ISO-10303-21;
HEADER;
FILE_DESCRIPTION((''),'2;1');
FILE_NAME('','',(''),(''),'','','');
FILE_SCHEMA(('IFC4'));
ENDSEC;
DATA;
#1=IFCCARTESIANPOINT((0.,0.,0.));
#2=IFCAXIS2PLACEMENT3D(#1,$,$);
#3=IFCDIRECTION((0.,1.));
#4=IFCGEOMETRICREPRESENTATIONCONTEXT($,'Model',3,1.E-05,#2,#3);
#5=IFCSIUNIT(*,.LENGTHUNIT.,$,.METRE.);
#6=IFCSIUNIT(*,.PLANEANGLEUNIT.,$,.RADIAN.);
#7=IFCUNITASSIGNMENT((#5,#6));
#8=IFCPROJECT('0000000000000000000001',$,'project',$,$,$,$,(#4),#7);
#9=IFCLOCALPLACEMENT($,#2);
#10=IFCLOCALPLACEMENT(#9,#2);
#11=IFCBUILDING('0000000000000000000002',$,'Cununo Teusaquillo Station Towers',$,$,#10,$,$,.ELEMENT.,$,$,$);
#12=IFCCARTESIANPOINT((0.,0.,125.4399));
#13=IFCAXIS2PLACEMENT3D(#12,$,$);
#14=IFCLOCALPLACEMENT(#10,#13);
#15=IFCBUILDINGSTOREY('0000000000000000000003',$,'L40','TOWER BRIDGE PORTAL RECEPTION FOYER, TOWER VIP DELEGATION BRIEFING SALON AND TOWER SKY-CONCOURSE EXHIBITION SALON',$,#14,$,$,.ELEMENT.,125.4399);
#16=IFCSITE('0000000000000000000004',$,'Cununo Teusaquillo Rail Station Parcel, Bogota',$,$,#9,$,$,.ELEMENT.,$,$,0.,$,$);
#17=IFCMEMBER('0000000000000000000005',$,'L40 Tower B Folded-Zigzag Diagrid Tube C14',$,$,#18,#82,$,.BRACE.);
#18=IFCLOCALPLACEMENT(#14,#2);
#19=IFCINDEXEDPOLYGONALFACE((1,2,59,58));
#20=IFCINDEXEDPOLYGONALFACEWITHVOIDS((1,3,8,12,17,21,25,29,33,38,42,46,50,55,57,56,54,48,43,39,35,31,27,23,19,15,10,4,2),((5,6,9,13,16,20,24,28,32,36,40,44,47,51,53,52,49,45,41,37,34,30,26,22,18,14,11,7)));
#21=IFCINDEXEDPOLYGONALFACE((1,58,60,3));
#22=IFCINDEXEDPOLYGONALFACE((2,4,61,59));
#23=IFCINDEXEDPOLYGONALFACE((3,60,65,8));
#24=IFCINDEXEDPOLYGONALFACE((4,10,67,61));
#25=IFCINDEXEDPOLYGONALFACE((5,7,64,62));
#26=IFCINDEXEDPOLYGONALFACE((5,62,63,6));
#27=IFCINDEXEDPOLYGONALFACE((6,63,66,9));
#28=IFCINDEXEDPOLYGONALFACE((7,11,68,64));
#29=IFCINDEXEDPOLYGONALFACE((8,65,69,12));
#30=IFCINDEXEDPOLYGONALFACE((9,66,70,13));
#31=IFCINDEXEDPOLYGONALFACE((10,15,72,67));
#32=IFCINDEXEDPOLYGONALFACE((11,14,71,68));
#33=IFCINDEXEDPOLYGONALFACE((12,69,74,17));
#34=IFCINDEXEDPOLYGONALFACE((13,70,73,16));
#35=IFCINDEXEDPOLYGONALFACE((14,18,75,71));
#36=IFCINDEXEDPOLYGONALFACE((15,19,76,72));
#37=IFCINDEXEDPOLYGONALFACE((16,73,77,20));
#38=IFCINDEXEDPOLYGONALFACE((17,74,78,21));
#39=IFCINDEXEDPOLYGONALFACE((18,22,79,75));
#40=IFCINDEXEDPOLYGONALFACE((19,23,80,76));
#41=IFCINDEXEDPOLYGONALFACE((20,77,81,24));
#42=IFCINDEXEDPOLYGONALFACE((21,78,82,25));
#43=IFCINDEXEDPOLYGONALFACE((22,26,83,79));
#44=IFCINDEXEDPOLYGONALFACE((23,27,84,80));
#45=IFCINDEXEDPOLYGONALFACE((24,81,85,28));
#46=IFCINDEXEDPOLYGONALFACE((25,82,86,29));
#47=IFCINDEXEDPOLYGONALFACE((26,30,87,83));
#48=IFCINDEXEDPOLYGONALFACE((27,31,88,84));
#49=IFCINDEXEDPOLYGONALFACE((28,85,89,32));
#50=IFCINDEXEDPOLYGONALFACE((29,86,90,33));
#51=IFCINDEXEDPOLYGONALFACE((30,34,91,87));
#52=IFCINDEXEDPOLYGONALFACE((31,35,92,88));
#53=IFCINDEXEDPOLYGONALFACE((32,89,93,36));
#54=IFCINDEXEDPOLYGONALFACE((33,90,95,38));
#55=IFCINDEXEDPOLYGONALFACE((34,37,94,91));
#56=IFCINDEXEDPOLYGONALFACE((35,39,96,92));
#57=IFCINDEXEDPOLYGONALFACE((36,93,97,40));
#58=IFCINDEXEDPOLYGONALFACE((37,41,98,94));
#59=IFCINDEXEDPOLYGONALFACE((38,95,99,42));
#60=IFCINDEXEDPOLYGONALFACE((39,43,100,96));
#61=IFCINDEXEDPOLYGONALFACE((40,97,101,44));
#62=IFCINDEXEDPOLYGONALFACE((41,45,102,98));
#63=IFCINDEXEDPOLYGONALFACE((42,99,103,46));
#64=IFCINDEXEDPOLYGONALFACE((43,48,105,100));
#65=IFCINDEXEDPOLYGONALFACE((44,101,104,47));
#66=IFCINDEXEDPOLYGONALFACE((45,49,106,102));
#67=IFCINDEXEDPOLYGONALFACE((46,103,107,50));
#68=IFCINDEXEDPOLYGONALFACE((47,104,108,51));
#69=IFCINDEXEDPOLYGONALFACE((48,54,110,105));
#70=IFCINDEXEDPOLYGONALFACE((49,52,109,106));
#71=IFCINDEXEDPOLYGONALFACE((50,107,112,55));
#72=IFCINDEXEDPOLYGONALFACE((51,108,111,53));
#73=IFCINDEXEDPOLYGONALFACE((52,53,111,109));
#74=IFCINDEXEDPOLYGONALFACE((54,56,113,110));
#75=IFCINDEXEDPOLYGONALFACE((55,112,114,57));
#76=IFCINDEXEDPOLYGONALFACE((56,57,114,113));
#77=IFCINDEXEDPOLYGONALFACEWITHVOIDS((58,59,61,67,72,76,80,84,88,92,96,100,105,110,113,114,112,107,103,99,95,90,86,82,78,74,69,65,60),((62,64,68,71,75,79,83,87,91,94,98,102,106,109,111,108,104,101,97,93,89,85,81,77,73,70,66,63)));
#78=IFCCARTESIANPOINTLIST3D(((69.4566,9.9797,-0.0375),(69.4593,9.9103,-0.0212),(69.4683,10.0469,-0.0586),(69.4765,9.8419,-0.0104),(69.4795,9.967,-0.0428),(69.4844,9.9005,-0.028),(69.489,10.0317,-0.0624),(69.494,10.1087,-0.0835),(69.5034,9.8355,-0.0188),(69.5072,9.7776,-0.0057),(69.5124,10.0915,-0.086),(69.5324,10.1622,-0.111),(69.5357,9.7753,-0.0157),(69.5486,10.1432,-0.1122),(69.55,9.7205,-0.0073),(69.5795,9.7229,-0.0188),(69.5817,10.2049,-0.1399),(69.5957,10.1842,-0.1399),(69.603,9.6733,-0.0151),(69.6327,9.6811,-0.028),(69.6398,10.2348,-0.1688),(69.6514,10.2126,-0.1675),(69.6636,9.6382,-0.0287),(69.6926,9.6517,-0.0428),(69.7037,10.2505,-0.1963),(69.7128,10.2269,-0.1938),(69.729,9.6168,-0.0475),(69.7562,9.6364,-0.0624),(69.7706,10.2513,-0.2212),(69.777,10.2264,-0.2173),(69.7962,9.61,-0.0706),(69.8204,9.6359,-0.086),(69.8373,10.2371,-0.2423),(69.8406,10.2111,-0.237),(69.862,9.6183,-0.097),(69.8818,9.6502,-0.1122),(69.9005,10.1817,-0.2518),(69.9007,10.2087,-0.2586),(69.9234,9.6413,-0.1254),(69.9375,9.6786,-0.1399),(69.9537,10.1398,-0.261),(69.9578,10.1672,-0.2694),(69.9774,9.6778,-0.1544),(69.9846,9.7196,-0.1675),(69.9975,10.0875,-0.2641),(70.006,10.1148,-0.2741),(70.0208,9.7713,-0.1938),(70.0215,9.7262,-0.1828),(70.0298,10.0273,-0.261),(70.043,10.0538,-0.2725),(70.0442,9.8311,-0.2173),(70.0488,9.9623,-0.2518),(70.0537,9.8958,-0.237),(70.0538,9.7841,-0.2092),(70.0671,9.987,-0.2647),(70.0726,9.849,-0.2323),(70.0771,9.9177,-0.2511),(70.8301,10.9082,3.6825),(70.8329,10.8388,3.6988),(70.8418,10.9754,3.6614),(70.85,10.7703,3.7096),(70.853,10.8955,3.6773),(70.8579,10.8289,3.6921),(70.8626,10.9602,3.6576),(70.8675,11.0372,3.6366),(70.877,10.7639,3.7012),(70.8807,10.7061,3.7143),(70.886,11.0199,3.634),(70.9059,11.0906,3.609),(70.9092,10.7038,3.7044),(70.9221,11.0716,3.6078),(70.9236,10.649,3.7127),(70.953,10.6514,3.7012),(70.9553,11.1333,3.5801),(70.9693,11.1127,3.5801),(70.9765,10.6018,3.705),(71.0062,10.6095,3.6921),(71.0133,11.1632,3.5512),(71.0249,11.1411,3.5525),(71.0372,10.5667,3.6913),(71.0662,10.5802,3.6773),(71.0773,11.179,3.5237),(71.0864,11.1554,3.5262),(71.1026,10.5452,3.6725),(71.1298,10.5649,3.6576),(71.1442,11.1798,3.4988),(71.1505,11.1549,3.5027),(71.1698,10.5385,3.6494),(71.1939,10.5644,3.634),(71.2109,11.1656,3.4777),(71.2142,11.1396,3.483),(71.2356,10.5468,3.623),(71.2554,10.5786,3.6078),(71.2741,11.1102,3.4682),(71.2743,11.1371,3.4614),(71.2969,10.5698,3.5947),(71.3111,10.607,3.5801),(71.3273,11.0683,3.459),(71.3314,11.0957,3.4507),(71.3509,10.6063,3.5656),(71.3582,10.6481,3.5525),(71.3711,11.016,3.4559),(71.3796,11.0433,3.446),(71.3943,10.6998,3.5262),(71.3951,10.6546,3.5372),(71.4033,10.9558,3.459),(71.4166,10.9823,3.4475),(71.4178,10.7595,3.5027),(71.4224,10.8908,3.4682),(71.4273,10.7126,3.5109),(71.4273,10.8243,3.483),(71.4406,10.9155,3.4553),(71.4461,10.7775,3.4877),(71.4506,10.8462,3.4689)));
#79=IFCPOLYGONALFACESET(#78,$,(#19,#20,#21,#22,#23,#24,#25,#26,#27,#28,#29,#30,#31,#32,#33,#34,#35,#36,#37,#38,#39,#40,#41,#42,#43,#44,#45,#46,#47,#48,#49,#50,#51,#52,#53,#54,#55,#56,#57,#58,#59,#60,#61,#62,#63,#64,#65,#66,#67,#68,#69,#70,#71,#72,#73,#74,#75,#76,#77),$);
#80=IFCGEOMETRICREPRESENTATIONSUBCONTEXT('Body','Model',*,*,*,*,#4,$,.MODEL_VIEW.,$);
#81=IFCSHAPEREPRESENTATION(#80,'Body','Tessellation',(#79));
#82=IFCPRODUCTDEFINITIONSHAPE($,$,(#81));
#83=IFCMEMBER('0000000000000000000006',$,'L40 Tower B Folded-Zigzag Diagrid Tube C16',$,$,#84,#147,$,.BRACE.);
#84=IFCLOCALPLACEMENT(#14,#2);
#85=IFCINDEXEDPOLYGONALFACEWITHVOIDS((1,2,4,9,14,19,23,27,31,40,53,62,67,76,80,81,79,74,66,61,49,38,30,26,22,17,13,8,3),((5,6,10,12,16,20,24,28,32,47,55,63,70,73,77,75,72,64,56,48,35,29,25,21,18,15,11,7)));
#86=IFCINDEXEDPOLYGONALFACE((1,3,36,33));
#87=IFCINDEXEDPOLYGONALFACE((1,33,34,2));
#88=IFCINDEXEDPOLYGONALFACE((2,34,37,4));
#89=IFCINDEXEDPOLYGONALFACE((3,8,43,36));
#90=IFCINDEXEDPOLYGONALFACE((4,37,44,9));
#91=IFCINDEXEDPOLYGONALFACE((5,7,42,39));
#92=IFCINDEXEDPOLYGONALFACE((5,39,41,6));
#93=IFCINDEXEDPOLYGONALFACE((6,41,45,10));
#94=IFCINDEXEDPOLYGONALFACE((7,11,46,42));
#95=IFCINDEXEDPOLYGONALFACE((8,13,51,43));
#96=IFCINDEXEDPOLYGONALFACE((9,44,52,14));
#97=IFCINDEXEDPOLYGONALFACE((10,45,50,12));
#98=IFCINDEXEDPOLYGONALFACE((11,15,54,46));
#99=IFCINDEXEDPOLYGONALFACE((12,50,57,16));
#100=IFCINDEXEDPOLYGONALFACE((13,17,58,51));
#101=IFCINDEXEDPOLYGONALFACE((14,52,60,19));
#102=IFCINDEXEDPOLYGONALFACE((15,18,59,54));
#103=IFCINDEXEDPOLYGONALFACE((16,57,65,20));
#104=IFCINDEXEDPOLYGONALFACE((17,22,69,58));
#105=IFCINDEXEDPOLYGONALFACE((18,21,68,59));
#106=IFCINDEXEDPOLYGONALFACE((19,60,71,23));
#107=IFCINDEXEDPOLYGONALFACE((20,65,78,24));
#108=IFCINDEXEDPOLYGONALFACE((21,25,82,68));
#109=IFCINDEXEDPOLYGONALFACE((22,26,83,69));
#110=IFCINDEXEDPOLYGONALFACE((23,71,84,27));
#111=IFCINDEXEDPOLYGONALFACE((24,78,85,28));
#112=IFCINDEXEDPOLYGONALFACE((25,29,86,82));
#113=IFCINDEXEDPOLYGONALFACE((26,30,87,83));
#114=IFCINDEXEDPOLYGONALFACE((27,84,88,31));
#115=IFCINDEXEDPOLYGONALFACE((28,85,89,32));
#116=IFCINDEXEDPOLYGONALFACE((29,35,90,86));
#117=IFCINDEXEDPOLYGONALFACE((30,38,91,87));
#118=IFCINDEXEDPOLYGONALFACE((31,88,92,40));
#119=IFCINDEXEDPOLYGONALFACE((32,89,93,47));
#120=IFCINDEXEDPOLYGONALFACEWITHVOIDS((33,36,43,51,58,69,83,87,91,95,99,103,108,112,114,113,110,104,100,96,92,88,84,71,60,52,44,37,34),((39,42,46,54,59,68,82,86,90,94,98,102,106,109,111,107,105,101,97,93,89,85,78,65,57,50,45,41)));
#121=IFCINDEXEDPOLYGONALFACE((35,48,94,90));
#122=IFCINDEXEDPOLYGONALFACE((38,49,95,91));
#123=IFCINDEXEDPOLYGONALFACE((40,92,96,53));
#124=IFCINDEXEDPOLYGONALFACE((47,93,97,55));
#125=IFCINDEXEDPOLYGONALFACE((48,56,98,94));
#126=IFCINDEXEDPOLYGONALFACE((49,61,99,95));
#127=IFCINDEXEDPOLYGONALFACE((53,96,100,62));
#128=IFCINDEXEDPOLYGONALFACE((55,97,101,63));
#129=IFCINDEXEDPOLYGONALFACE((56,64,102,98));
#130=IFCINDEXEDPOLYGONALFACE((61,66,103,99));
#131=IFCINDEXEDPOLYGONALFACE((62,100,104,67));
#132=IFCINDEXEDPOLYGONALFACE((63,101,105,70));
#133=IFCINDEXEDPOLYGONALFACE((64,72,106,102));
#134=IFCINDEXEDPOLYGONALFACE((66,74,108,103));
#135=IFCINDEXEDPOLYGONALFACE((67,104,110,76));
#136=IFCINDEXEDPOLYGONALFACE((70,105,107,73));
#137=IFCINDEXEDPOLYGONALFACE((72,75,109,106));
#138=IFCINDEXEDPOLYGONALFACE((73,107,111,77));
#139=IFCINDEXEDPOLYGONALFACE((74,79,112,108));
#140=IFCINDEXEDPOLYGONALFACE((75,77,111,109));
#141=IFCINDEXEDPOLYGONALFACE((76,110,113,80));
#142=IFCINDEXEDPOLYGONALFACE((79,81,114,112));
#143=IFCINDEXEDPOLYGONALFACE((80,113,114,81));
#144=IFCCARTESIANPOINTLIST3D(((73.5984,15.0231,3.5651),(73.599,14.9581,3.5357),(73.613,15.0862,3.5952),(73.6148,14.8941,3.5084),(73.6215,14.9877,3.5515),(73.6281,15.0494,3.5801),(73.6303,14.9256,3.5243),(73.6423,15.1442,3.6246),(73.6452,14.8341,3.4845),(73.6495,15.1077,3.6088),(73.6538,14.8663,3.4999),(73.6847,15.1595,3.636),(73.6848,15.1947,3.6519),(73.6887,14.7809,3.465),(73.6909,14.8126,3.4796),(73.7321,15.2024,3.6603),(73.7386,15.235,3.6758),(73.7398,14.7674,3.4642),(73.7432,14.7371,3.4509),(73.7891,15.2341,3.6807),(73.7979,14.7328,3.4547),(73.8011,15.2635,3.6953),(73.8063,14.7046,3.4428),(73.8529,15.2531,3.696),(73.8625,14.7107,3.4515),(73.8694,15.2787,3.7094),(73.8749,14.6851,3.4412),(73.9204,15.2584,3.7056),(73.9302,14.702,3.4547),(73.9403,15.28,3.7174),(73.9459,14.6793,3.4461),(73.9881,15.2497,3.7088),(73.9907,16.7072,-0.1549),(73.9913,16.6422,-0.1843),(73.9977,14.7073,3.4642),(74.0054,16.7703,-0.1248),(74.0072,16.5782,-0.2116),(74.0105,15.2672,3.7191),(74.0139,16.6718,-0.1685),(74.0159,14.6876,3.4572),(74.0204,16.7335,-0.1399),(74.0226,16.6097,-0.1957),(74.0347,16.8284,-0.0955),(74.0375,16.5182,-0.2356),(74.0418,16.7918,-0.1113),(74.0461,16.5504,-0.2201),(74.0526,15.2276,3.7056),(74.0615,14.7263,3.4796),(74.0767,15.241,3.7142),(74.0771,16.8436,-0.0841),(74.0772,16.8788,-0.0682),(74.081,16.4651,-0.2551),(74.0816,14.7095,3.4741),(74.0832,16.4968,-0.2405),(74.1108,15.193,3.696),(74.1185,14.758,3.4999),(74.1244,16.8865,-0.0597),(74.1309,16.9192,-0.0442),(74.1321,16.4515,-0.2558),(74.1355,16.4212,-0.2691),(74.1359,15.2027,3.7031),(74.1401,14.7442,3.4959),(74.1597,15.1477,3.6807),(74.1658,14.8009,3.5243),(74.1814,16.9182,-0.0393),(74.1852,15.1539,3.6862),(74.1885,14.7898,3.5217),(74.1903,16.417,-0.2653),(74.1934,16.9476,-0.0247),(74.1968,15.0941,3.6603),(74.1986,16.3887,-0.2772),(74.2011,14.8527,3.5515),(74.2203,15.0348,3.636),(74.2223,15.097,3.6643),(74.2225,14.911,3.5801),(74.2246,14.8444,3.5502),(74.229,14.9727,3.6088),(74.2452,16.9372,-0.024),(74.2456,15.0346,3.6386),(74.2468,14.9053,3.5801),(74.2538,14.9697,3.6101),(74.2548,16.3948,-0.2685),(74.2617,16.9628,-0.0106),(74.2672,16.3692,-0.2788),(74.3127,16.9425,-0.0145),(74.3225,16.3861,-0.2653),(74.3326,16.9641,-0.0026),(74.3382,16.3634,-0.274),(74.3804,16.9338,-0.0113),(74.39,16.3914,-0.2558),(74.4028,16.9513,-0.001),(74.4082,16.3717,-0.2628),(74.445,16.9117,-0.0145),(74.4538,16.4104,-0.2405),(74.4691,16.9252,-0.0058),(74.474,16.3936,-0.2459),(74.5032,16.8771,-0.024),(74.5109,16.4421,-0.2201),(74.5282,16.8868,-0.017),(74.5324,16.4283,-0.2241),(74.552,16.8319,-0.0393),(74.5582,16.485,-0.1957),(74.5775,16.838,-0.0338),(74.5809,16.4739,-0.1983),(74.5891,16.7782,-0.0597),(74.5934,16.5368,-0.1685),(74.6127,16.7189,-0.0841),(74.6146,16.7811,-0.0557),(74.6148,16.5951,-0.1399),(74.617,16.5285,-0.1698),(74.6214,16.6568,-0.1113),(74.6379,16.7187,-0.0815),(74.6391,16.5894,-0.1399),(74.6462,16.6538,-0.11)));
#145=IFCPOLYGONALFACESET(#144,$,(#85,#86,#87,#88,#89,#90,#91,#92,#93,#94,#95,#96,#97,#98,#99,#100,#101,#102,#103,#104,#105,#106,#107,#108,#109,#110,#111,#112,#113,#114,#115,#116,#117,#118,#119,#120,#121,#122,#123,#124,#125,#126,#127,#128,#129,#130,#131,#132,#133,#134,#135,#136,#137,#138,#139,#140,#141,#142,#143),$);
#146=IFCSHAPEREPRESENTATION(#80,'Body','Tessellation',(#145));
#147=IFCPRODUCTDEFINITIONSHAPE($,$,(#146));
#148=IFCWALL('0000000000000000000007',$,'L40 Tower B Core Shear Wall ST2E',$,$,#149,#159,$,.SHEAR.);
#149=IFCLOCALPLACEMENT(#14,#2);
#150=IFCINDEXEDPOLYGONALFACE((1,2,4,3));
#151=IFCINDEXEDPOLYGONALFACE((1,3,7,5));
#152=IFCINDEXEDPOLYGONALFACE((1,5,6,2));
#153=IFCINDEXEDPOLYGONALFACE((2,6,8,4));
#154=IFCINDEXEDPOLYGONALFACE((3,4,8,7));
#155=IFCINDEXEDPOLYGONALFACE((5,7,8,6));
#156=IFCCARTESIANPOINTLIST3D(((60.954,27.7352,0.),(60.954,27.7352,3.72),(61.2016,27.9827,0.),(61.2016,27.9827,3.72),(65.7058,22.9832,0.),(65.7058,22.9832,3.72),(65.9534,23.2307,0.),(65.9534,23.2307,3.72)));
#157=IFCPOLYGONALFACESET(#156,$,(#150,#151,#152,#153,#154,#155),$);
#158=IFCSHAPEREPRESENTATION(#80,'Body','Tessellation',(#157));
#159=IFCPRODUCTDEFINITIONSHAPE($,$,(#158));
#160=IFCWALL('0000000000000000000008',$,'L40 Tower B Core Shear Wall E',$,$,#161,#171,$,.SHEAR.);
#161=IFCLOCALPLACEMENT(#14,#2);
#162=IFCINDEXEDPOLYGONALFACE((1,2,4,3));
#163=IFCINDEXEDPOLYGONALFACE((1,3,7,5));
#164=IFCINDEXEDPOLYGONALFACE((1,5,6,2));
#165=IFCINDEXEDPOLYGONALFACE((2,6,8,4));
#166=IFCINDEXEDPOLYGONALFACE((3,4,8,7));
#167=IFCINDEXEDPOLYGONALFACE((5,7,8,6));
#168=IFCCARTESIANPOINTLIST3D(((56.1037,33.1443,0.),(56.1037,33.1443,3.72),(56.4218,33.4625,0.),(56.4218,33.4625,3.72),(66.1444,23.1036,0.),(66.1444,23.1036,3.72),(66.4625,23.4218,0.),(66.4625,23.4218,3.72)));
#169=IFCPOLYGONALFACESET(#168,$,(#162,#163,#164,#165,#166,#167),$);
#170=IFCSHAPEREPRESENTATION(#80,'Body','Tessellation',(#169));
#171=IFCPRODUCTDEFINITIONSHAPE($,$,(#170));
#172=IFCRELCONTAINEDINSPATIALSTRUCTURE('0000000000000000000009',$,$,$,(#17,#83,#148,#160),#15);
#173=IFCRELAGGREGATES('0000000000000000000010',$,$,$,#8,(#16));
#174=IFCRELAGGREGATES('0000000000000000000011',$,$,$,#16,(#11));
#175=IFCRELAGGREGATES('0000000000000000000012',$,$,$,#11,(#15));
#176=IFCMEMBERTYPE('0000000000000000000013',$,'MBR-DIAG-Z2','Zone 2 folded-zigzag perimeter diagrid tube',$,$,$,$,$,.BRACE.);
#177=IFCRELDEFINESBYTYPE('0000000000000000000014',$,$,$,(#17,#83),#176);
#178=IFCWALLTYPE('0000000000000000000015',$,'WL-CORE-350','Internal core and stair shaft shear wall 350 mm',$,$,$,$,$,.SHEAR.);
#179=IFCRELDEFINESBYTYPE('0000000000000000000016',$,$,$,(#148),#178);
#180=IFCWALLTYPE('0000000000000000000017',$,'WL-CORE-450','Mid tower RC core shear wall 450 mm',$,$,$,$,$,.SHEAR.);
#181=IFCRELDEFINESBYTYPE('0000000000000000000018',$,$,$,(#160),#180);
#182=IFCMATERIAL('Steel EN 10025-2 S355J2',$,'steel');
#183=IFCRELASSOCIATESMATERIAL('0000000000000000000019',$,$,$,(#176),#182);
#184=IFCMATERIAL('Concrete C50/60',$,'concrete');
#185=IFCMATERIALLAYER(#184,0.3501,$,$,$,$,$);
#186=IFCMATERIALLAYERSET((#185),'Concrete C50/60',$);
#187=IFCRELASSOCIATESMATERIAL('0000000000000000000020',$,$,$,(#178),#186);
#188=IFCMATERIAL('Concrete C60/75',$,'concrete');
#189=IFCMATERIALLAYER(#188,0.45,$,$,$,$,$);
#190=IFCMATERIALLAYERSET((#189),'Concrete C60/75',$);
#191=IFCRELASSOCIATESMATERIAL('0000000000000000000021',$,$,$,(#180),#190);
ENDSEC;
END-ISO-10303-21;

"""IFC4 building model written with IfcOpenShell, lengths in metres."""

from ifc_helpers import new_model, si_unit, direction, frame, frame_2d, origin, origin_2d, place, context, subcontext, project, spatial, rectangle, hollow_circle, extrude, material, layer, layer_set, material_profile, profile_set, type_object, element, save


model = new_model("IFC4")

# Units and contexts
model_context = context("Model", 3, precision=1e-05, world=origin(), true_north=direction((0.0, 1.0)))
body_context = subcontext(model_context, "Body", "Model", "MODEL_VIEW")
ifc_project = project(units=[si_unit("LENGTHUNIT", "METRE"), si_unit("PLANEANGLEUNIT", "RADIAN")], contexts=[model_context])

# Site, building, storey
site_placement = place(None, origin())
site = spatial("IfcSite", under=ifc_project, at=site_placement, Name="Cununo Teusaquillo Rail Station Parcel, Bogota", CompositionType="ELEMENT", RefElevation=0.0)
building_placement = place(site_placement, origin())
building = spatial("IfcBuilding", under=site, at=building_placement, Name="Cununo Teusaquillo Station Towers", CompositionType="ELEMENT")
storey_placement = place(building_placement, frame((0.0, 0.0, 125.4399)))
storey = spatial("IfcBuildingStorey", under=building, at=storey_placement, Name="L40", Description="TOWER BRIDGE PORTAL RECEPTION FOYER, TOWER VIP DELEGATION BRIEFING SALON AND TOWER SKY-CONCOURSE EXHIBITION SALON", CompositionType="ELEMENT", Elevation=125.4399)

# Members
ifc_material_1 = material(Name="Steel EN 10025-2 S355J2", Category="steel")
ifc_material_profile_1 = material_profile(ifc_material_1, hollow_circle(Radius=0.3301, WallThickness=0.0249, at=origin_2d()), Name="CHS 660x25")
ifc_profile_set_1 = profile_set([ifc_material_profile_1], Name="Steel EN 10025-2 S355J2")
member_type = type_object("IfcMemberType", Name="MBR-DIAG-Z2", Description="Zone 2 folded-zigzag perimeter diagrid tube", PredefinedType="BRACE", material=ifc_profile_set_1)
member_1_placement = place(storey_placement, frame((69.7666, 9.9314, -0.1399), z_axis=(0.337255, 0.227974, 0.913393), x_axis=(-0.560024, 0.828476, 0.0)))
element("IfcMember", 1, at=member_1_placement, inside=storey, type_object=member_type, Name="L40 Tower B Folded-Zigzag Diagrid Tube C14", PredefinedType="BRACE", context=body_context, shape_type="SweptSolid", body=[
    extrude(hollow_circle(Radius=0.3301, WallThickness=0.0249, at=origin_2d()), origin(), (0.0, 0.0, 1.0), 4.0728),
])
member_2_placement = place(storey_placement, frame((74.3176, 16.6643, -0.1399), z_axis=(-0.095639, -0.410529, 0.906818), x_axis=(0.97392, -0.22689, 0.0)))
element("IfcMember", 2, at=member_2_placement, inside=storey, type_object=member_type, Name="L40 Tower B Folded-Zigzag Diagrid Tube C16", PredefinedType="BRACE", context=body_context, shape_type="SweptSolid", body=[
    extrude(hollow_circle(Radius=0.3301, WallThickness=0.0249, at=origin_2d()), origin(), (0.0, 0.0, 1.0), 4.1023),
])

# Walls
ifc_material_2 = material(Name="Concrete C50/60", Category="concrete")
ifc_layer_1 = layer(ifc_material_2, 0.3501)
ifc_layer_set_1 = layer_set([ifc_layer_1], Name="Concrete C50/60")
wall_type_1 = type_object("IfcWallType", Name="WL-CORE-350", Description="Internal core and stair shaft shear wall 350 mm", PredefinedType="SHEAR", material=ifc_layer_set_1)
wall_1_placement = place(storey_placement, frame((65.8296, 23.1069, 0.0), z_axis=(0.0, 0.0, 1.0), x_axis=(-0.707089, 0.707125, 0.0)))
element("IfcWall", 3, at=wall_1_placement, inside=storey, type_object=wall_type_1, Name="L40 Tower B Core Shear Wall ST2E", PredefinedType="SHEAR", context=body_context, shape_type="SweptSolid", body=[
    extrude(rectangle(XDim=6.7202, YDim=0.3501, at=frame_2d((3.3601, 0.0))), origin(), (0.0, 0.0, 1.0), 3.72),
])
ifc_material_3 = material(Name="Concrete C60/75", Category="concrete")
ifc_layer_2 = layer(ifc_material_3, 0.45)
ifc_layer_set_2 = layer_set([ifc_layer_2], Name="Concrete C60/75")
wall_type_2 = type_object("IfcWallType", Name="WL-CORE-450", Description="Mid tower RC core shear wall 450 mm", PredefinedType="SHEAR", material=ifc_layer_set_2)
wall_2_placement = place(storey_placement, frame((66.3035, 23.2627, 0.0), z_axis=(0.0, 0.0, 1.0), x_axis=(-0.707107, 0.707107, 0.0)))
element("IfcWall", 4, at=wall_2_placement, inside=storey, type_object=wall_type_2, Name="L40 Tower B Core Shear Wall E", PredefinedType="SHEAR", context=body_context, shape_type="SweptSolid", body=[
    extrude(rectangle(XDim=14.1997, YDim=0.45, at=frame_2d((7.0999, 0.0))), origin(), (0.0, 0.0, 1.0), 3.72),
])

save(model, "model.ifc")
